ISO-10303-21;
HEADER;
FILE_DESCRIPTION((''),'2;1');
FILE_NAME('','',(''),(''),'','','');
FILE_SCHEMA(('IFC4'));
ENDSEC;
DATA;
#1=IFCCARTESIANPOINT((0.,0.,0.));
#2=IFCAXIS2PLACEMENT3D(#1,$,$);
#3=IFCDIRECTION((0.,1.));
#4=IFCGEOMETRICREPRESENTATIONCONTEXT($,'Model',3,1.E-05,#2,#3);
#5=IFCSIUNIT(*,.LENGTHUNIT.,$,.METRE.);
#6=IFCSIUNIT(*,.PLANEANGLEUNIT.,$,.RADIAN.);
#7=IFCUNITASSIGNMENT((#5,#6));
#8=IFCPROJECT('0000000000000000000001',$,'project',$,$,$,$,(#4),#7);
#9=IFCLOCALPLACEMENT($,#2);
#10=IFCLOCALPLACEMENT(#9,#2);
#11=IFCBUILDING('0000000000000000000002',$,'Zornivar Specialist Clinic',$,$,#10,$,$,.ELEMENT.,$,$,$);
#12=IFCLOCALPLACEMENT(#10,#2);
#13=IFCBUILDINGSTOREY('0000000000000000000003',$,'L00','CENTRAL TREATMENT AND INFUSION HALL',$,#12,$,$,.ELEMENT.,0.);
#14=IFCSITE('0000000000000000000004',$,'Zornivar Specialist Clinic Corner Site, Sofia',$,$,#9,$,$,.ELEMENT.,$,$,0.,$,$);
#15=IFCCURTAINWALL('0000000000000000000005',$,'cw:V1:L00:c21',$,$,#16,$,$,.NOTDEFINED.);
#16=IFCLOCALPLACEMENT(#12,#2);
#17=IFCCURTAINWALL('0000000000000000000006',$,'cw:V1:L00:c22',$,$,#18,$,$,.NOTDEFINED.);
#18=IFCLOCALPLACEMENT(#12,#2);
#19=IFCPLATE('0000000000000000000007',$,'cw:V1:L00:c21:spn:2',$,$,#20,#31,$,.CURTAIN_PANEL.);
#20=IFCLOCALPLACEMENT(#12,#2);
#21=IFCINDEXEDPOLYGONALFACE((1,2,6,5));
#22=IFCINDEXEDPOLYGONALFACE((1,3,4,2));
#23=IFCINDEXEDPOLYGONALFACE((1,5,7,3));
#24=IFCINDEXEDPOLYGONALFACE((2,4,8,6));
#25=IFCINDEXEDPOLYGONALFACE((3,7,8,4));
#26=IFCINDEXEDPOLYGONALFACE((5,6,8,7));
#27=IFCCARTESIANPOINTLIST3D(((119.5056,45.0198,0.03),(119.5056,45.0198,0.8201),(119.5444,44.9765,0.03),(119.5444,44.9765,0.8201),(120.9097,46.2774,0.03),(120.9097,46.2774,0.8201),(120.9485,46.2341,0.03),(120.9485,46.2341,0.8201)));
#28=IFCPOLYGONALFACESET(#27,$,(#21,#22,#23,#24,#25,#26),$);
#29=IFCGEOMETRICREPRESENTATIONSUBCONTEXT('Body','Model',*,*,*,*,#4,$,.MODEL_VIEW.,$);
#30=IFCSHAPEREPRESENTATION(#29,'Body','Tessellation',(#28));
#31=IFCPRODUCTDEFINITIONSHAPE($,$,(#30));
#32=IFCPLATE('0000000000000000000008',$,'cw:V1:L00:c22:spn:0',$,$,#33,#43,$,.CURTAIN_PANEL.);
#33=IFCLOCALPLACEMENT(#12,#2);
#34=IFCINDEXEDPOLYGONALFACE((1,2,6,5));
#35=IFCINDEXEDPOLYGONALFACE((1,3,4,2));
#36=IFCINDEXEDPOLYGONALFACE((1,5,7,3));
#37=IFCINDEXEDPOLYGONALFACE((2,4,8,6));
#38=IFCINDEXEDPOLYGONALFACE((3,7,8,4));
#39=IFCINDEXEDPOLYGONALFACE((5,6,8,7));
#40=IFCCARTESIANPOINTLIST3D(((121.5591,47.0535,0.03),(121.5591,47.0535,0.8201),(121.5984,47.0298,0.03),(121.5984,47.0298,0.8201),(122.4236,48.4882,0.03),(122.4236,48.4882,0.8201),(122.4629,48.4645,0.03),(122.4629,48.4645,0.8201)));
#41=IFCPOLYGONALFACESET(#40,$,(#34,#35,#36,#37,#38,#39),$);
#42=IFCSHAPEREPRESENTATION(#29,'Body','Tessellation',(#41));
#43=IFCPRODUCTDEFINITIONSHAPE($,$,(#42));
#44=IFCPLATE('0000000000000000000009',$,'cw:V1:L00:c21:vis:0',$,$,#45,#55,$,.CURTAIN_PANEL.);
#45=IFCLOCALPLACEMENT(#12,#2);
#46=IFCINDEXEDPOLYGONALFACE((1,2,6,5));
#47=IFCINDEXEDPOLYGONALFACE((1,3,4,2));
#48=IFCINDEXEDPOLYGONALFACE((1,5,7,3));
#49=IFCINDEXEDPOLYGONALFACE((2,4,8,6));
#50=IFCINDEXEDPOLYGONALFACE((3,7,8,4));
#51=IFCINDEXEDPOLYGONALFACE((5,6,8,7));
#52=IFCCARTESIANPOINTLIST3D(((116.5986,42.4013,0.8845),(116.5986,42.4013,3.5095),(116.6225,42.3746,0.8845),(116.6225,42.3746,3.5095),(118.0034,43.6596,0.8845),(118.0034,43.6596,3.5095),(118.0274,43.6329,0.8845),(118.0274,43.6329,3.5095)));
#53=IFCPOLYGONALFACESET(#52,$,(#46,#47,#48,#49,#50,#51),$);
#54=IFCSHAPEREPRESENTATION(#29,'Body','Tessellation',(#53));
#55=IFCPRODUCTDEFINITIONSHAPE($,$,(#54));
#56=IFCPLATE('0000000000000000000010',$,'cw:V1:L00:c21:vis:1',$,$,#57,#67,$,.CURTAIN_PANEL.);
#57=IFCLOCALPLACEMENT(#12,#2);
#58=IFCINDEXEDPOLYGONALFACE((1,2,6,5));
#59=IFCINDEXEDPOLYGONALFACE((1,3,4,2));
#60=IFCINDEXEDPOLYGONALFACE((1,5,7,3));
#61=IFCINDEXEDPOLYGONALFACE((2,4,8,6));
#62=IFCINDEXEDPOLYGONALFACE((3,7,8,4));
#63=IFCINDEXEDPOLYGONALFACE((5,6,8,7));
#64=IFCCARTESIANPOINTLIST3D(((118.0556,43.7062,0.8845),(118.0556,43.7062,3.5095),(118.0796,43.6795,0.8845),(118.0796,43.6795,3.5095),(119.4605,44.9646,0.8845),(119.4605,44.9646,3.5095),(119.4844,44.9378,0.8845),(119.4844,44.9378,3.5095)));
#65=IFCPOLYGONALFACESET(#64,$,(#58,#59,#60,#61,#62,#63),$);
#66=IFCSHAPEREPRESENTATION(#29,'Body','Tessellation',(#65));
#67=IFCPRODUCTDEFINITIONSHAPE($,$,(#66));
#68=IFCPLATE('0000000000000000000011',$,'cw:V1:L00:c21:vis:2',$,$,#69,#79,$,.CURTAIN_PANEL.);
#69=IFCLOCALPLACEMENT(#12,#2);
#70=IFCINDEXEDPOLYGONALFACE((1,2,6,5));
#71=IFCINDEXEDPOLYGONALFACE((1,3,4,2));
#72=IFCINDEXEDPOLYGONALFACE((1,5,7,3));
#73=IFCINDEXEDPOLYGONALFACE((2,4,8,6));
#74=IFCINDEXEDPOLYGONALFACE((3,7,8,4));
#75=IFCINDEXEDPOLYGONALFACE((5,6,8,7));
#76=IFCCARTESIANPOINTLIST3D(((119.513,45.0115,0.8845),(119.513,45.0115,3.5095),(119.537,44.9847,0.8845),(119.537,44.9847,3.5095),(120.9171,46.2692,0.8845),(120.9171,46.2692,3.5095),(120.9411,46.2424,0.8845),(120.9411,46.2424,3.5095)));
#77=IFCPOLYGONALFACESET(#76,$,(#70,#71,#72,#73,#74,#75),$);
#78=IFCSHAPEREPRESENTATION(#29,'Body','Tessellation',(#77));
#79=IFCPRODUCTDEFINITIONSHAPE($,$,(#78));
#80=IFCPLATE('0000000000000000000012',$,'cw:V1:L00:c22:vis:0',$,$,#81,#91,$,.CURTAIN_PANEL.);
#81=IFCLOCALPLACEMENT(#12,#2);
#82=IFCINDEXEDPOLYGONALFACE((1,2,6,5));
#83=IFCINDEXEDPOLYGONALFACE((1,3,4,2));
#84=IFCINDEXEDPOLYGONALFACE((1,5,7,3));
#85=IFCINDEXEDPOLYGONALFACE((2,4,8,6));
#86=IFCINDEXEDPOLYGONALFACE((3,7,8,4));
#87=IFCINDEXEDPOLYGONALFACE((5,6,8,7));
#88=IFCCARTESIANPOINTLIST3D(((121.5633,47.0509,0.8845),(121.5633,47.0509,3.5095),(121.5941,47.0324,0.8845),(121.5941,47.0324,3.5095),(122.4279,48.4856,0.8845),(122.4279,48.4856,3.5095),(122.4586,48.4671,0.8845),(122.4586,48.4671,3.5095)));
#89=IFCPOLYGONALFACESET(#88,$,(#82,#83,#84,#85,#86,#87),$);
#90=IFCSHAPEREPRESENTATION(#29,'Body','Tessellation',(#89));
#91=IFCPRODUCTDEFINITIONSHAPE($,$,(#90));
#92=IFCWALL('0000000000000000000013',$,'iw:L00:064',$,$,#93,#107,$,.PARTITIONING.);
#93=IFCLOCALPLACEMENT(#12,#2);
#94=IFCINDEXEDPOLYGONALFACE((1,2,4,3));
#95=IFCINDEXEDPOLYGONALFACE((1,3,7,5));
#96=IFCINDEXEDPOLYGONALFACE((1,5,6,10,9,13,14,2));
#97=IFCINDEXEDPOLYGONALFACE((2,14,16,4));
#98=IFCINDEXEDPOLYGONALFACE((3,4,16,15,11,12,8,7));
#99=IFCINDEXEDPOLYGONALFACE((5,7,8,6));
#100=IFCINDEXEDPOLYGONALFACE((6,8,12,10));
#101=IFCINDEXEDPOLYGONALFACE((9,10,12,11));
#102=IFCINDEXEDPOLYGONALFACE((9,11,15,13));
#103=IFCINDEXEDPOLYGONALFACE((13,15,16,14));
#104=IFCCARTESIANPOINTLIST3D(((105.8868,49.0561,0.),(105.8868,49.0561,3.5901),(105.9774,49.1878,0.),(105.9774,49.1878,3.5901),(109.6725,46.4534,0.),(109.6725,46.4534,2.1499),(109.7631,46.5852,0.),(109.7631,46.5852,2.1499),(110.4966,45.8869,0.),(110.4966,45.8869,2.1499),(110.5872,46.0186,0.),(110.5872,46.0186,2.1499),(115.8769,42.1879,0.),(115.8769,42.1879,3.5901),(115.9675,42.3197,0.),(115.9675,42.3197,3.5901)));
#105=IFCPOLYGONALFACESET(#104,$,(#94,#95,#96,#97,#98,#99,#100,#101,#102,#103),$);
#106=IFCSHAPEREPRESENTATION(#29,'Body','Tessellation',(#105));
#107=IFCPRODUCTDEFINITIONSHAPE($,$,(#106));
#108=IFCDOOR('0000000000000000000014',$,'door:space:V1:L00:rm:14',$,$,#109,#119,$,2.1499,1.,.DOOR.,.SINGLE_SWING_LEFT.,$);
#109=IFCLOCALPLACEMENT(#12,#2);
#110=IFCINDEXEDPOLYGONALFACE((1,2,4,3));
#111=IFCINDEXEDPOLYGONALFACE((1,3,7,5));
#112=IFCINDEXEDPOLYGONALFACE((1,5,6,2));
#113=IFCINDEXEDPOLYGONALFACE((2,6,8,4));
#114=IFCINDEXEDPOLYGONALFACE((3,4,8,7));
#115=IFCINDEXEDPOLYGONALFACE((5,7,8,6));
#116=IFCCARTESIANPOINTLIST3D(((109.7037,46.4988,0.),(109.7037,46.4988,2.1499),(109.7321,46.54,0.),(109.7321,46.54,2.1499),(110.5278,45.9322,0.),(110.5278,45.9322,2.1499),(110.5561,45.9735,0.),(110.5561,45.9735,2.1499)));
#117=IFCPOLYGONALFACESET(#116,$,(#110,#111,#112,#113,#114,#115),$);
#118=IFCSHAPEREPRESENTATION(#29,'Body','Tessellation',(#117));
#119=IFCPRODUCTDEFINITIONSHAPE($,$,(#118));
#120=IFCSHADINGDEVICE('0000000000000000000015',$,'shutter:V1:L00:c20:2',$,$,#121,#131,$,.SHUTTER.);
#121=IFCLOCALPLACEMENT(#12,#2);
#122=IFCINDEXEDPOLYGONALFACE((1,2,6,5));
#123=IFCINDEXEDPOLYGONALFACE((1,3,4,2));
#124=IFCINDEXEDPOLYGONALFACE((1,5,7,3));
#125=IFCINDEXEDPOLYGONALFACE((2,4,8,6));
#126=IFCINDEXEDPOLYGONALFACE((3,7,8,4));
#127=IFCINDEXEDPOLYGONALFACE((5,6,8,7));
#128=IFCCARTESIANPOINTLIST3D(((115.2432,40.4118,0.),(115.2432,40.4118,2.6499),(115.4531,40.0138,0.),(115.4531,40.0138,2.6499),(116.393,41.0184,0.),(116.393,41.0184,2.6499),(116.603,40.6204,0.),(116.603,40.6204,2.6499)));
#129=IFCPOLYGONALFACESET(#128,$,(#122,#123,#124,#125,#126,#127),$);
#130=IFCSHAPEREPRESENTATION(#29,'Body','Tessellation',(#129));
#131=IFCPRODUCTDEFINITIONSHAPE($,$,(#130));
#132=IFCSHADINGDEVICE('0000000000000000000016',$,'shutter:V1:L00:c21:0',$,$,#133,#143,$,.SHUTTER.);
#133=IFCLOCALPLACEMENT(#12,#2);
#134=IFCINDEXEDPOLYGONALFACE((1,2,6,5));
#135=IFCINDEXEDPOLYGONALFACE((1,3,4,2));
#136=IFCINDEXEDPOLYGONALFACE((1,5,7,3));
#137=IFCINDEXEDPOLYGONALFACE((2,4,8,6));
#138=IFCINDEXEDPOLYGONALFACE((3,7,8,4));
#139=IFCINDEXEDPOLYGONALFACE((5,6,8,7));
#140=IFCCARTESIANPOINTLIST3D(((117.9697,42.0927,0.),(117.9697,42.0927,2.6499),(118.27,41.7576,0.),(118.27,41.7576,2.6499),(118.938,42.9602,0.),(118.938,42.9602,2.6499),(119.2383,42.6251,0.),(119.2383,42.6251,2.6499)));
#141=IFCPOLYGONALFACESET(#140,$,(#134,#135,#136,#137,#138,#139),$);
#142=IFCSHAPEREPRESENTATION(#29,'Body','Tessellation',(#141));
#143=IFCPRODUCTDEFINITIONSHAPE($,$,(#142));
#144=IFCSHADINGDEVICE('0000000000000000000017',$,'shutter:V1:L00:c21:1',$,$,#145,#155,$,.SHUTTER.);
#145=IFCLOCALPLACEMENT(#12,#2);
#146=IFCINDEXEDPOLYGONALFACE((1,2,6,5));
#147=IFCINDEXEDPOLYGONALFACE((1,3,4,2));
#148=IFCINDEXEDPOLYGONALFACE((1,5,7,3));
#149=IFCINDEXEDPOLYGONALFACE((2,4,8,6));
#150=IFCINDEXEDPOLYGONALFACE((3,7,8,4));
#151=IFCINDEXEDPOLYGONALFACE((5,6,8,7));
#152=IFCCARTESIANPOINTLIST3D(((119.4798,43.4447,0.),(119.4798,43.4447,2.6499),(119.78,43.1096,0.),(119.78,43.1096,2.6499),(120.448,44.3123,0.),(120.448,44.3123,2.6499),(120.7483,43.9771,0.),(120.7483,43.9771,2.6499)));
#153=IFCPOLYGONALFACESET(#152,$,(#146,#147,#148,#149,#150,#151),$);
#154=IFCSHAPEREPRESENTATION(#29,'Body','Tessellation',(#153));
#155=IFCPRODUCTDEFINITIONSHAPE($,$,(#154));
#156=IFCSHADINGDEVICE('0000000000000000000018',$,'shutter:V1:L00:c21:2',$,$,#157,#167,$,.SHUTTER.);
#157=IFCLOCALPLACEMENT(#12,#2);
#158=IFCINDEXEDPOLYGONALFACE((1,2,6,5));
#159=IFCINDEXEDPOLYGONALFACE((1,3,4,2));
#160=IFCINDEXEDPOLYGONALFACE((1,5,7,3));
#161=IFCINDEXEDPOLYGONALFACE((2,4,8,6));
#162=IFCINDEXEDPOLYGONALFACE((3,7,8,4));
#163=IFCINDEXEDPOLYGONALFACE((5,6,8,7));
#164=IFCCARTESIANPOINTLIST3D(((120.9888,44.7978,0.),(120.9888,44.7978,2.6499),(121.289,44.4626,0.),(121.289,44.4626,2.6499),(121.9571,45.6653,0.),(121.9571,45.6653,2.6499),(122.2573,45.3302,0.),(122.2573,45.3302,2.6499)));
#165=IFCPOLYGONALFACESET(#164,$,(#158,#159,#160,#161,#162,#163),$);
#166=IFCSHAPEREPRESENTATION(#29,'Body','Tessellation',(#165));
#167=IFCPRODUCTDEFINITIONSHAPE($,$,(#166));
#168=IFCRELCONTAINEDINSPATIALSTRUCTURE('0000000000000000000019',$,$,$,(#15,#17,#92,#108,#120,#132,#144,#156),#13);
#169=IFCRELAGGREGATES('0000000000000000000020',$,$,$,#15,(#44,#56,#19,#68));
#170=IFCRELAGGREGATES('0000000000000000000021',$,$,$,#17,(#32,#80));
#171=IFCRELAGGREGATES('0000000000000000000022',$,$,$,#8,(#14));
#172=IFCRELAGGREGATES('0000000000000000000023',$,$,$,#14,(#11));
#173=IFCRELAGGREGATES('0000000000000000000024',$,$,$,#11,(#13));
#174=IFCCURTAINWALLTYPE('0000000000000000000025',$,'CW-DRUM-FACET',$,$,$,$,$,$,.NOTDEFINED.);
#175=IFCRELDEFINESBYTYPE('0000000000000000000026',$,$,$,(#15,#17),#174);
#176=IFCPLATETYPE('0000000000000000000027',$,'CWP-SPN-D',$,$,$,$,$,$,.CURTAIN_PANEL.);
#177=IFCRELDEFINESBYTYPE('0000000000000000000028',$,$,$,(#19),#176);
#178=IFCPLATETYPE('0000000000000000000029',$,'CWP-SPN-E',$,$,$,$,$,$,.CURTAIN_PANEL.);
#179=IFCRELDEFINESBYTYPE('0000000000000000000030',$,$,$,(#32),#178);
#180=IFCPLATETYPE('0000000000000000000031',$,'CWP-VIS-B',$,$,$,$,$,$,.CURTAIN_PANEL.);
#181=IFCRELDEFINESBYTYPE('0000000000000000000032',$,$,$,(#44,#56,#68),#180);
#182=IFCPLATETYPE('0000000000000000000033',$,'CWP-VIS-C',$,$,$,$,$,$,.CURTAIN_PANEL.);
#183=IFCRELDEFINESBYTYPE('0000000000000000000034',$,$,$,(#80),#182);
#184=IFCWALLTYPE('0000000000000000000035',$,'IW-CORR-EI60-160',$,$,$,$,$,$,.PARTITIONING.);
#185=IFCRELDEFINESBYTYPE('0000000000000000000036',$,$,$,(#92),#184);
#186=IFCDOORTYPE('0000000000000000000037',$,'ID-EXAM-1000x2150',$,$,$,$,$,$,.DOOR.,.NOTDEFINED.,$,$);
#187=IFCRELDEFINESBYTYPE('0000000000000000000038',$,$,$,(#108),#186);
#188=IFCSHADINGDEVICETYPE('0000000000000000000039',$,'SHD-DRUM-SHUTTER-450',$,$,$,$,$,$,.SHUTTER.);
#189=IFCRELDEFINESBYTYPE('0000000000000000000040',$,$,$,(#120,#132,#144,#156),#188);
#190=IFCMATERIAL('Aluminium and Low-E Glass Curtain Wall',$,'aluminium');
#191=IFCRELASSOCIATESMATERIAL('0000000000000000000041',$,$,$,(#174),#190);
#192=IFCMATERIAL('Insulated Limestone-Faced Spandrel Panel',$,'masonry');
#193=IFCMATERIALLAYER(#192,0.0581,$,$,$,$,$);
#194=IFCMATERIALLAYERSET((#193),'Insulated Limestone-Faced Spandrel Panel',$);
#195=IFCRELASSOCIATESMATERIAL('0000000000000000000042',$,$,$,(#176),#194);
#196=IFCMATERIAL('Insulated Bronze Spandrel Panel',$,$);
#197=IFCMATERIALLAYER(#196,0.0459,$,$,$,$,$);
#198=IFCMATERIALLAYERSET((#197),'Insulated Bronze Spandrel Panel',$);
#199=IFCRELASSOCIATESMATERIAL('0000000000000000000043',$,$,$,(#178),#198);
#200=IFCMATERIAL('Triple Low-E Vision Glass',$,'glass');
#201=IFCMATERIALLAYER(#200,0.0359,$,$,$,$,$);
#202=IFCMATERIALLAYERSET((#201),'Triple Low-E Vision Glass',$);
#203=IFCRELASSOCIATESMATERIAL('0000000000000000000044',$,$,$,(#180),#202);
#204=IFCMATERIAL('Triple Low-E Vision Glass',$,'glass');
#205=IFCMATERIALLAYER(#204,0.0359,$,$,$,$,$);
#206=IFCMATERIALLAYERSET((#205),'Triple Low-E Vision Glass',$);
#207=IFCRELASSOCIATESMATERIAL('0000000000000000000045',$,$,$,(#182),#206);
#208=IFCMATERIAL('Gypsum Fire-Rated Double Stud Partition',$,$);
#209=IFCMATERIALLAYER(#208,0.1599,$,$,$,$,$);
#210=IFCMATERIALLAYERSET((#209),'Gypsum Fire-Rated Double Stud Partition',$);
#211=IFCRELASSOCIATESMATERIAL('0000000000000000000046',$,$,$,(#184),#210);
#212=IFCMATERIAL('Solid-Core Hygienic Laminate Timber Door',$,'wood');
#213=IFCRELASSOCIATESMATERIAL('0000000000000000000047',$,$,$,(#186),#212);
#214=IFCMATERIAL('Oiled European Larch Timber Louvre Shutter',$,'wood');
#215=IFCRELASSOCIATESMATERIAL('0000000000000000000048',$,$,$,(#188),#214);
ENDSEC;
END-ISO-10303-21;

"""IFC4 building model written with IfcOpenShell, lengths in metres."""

from ifc_helpers import new_model, si_unit, direction, frame, frame_2d, origin, origin_2d, place, context, subcontext, project, spatial, rectangle, extrude, material, layer, layer_set, type_object, element, fill, aggregate, save


model = new_model("IFC4")

# Units and contexts
model_context = context("Model", 3, precision=1e-05, world=origin(), true_north=direction((0.0, 1.0)))
body_context = subcontext(model_context, "Body", "Model", "MODEL_VIEW")
ifc_project = project(units=[si_unit("LENGTHUNIT", "METRE"), si_unit("PLANEANGLEUNIT", "RADIAN")], contexts=[model_context])

# Site, building, storey
site_placement = place(None, origin())
site = spatial("IfcSite", under=ifc_project, at=site_placement, Name="Zornivar Specialist Clinic Corner Site, Sofia", CompositionType="ELEMENT", RefElevation=0.0)
building_placement = place(site_placement, origin())
building = spatial("IfcBuilding", under=site, at=building_placement, Name="Zornivar Specialist Clinic", CompositionType="ELEMENT")
storey_placement = place(building_placement, origin())
storey = spatial("IfcBuildingStorey", under=building, at=storey_placement, Name="L00", Description="CENTRAL TREATMENT AND INFUSION HALL", CompositionType="ELEMENT", Elevation=0.0)

# Curtain wall
ifc_material_1 = material(Name="Aluminium and Low-E Glass Curtain Wall", Category="aluminium")
curtain_wall_type = type_object("IfcCurtainWallType", Name="CW-DRUM-FACET", PredefinedType="NOTDEFINED", material=ifc_material_1)
curtain_wall_1_placement = place(storey_placement, origin())
curtain_wall_1 = element("IfcCurtainWall", 1, at=curtain_wall_1_placement, inside=storey, type_object=curtain_wall_type, Name="cw:V1:L00:c21", PredefinedType="NOTDEFINED")

# Curtain wall
curtain_wall_2_placement = place(storey_placement, origin())
curtain_wall_2 = element("IfcCurtainWall", 2, at=curtain_wall_2_placement, inside=storey, type_object=curtain_wall_type, Name="cw:V1:L00:c22", PredefinedType="NOTDEFINED")

# Plates
ifc_material_2 = material(Name="Insulated Limestone-Faced Spandrel Panel", Category="masonry")
ifc_layer_1 = layer(ifc_material_2, 0.0581)
ifc_layer_set_1 = layer_set([ifc_layer_1], Name="Insulated Limestone-Faced Spandrel Panel")
plate_type_1 = type_object("IfcPlateType", Name="CWP-SPN-D", PredefinedType="CURTAIN_PANEL", material=ifc_layer_set_1)
plate_1_placement = place(storey_placement, frame((120.2271, 45.627, 0.03), z_axis=(0.0, 0.0, 1.0), x_axis=(0.744881, 0.667198, 0.0)))
plate_1 = element("IfcPlate", 3, at=plate_1_placement, type_object=plate_type_1, Name="cw:V1:L00:c21:spn:2", PredefinedType="CURTAIN_PANEL", context=body_context, shape_type="SweptSolid", body=[
    extrude(rectangle(XDim=1.885, YDim=0.0581, at=origin_2d()), origin(), (0.0, 0.0, 1.0), 0.79),
])
ifc_material_3 = material(Name="Insulated Bronze Spandrel Panel")
ifc_layer_2 = layer(ifc_material_3, 0.0459)
ifc_layer_set_2 = layer_set([ifc_layer_2], Name="Insulated Bronze Spandrel Panel")
plate_type_2 = type_object("IfcPlateType", Name="CWP-SPN-E", PredefinedType="CURTAIN_PANEL", material=ifc_layer_set_2)
plate_2_placement = place(storey_placement, frame((122.011, 47.759, 0.03), z_axis=(0.0, 0.0, 1.0), x_axis=(0.516127, 0.856512, 0.0)))
plate_2 = element("IfcPlate", 4, at=plate_2_placement, type_object=plate_type_2, Name="cw:V1:L00:c22:spn:0", PredefinedType="CURTAIN_PANEL", context=body_context, shape_type="SweptSolid", body=[
    extrude(rectangle(XDim=1.675, YDim=0.0459, at=origin_2d()), origin(), (0.0, 0.0, 1.0), 0.79),
])
ifc_material_4 = material(Name="Triple Low-E Vision Glass", Category="glass")
ifc_layer_3 = layer(ifc_material_4, 0.0359)
ifc_layer_set_3 = layer_set([ifc_layer_3], Name="Triple Low-E Vision Glass")
plate_type_3 = type_object("IfcPlateType", Name="CWP-VIS-B", PredefinedType="CURTAIN_PANEL", material=ifc_layer_set_3)
plate_3_placement = place(storey_placement, frame((117.313, 43.0171, 0.8845), z_axis=(0.0, 0.0, 1.0), x_axis=(0.744881, 0.667198, 0.0)))
plate_3 = element("IfcPlate", 5, at=plate_3_placement, type_object=plate_type_3, Name="cw:V1:L00:c21:vis:0", PredefinedType="CURTAIN_PANEL", context=body_context, shape_type="SweptSolid", body=[
    extrude(rectangle(XDim=1.886, YDim=0.0359, at=origin_2d()), origin(), (0.0, 0.0, 1.0), 2.625),
])
plate_4_placement = place(storey_placement, frame((118.77, 44.322, 0.8845), z_axis=(0.0, 0.0, 1.0), x_axis=(0.744881, 0.667198, 0.0)))
plate_4 = element("IfcPlate", 6, at=plate_4_placement, type_object=plate_type_3, Name="cw:V1:L00:c21:vis:1", PredefinedType="CURTAIN_PANEL", context=body_context, shape_type="SweptSolid", body=[
    extrude(rectangle(XDim=1.886, YDim=0.0359, at=origin_2d()), origin(), (0.0, 0.0, 1.0), 2.625),
])
plate_5_placement = place(storey_placement, frame((120.2271, 45.627, 0.8845), z_axis=(0.0, 0.0, 1.0), x_axis=(0.744881, 0.667198, 0.0)))
plate_5 = element("IfcPlate", 7, at=plate_5_placement, type_object=plate_type_3, Name="cw:V1:L00:c21:vis:2", PredefinedType="CURTAIN_PANEL", context=body_context, shape_type="SweptSolid", body=[
    extrude(rectangle(XDim=1.885, YDim=0.0359, at=origin_2d()), origin(), (0.0, 0.0, 1.0), 2.625),
])
aggregate(curtain_wall_1, [plate_3, plate_4, plate_1, plate_5])
ifc_material_5 = material(Name="Triple Low-E Vision Glass", Category="glass")
ifc_layer_4 = layer(ifc_material_5, 0.0359)
ifc_layer_set_4 = layer_set([ifc_layer_4], Name="Triple Low-E Vision Glass")
plate_type_4 = type_object("IfcPlateType", Name="CWP-VIS-C", PredefinedType="CURTAIN_PANEL", material=ifc_layer_set_4)
plate_6_placement = place(storey_placement, frame((122.011, 47.759, 0.8845), z_axis=(0.0, 0.0, 1.0), x_axis=(0.516127, 0.856512, 0.0)))
plate_6 = element("IfcPlate", 8, at=plate_6_placement, type_object=plate_type_4, Name="cw:V1:L00:c22:vis:0", PredefinedType="CURTAIN_PANEL", context=body_context, shape_type="SweptSolid", body=[
    extrude(rectangle(XDim=1.675, YDim=0.0359, at=origin_2d()), origin(), (0.0, 0.0, 1.0), 2.625),
])
aggregate(curtain_wall_2, [plate_2, plate_6])

# Wall, opening, door
ifc_material_6 = material(Name="Gypsum Fire-Rated Double Stud Partition")
ifc_layer_5 = layer(ifc_material_6, 0.1599)
ifc_layer_set_5 = layer_set([ifc_layer_5], Name="Gypsum Fire-Rated Double Stud Partition")
wall_type = type_object("IfcWallType", Name="IW-CORR-EI60-160", PredefinedType="PARTITIONING", material=ifc_layer_set_5)
wall_placement = place(storey_placement, frame((115.9221, 42.2539, 0.0), z_axis=(0.0, 0.0, 1.0), x_axis=(-0.824047, 0.566522, 0.0)))
wall = element("IfcWall", 9, at=wall_placement, inside=storey, type_object=wall_type, Name="iw:L00:064", PredefinedType="PARTITIONING", context=body_context, shape_type="SweptSolid", body=[
    extrude(rectangle(XDim=12.1233, YDim=0.1599, at=frame_2d((6.0615, 0.0))), origin(), (0.0, 0.0, 1.0), 3.5901),
])
opening_placement = place(wall_placement, frame((6.5291, 0.0, 0.0)))
opening = element("IfcOpeningElement", 10, at=opening_placement, cuts=wall, PredefinedType="OPENING", context=body_context, shape_type="SweptSolid", body=[
    extrude(rectangle(XDim=1.0, YDim=2.1499, at=frame_2d((0.5, 1.075))), frame((0.0, 0.0898, 0.0), z_axis=(0.0, -1.0, 0.0), x_axis=(1.0, 0.0, 0.0)), (0.0, 0.0, 1.0), 0.1799),
])
ifc_material_7 = material(Name="Solid-Core Hygienic Laminate Timber Door", Category="wood")
door_type = type_object("IfcDoorType", Name="ID-EXAM-1000x2150", OperationType="NOTDEFINED", PredefinedType="DOOR", material=ifc_material_7)
door_placement = place(opening_placement, origin())
door = element("IfcDoor", 11, at=door_placement, inside=storey, type_object=door_type, Name="door:space:V1:L00:rm:14", OperationType="SINGLE_SWING_LEFT", OverallHeight=2.1499, OverallWidth=1.0, PredefinedType="DOOR", context=body_context, shape_type="SweptSolid", body=[
    extrude(rectangle(XDim=1.0, YDim=2.1499, at=frame_2d((0.5, 1.075))), frame((0.0, 0.0249, 0.0), z_axis=(0.0, -1.0, 0.0), x_axis=(1.0, 0.0, 0.0)), (0.0, 0.0, 1.0), 0.05),
])
fill(opening, door)

# Shading devices
ifc_material_8 = material(Name="Oiled European Larch Timber Louvre Shutter", Category="wood")
shading_device_type = type_object("IfcShadingDeviceType", Name="SHD-DRUM-SHUTTER-450", PredefinedType="SHUTTER", material=ifc_material_8)
for number, where, z_axis, x_axis, name in (
    (12, (115.9231, 40.5161, 0.0), (0.0, 0.0, 1.0), (0.88447, 0.466597, 0.0), "shutter:V1:L00:c20:2"),
    (13, (118.604, 42.3589, 0.0), (0.0, 0.0, 1.0), (0.744797, 0.667291, 0.0), "shutter:V1:L00:c21:0"),
    (14, (120.114, 43.7109, 0.0), (0.0, 0.0, 1.0), (0.744797, 0.667291, 0.0), "shutter:V1:L00:c21:1"),
    (15, (121.623, 45.064, 0.0), (0.0, 0.0, 1.0), (0.744797, 0.667291, 0.0), "shutter:V1:L00:c21:2"),
):
    element("IfcShadingDevice", number, at=place(storey_placement, frame(where, z_axis=z_axis, x_axis=x_axis)), inside=storey, type_object=shading_device_type, Name=name, PredefinedType="SHUTTER", context=body_context, shape_type="SweptSolid", body=[
        extrude(rectangle(XDim=1.3, YDim=0.45, at=origin_2d()), origin(), (0.0, 0.0, 1.0), 2.6499),
    ])

save(model, "model.ifc")
